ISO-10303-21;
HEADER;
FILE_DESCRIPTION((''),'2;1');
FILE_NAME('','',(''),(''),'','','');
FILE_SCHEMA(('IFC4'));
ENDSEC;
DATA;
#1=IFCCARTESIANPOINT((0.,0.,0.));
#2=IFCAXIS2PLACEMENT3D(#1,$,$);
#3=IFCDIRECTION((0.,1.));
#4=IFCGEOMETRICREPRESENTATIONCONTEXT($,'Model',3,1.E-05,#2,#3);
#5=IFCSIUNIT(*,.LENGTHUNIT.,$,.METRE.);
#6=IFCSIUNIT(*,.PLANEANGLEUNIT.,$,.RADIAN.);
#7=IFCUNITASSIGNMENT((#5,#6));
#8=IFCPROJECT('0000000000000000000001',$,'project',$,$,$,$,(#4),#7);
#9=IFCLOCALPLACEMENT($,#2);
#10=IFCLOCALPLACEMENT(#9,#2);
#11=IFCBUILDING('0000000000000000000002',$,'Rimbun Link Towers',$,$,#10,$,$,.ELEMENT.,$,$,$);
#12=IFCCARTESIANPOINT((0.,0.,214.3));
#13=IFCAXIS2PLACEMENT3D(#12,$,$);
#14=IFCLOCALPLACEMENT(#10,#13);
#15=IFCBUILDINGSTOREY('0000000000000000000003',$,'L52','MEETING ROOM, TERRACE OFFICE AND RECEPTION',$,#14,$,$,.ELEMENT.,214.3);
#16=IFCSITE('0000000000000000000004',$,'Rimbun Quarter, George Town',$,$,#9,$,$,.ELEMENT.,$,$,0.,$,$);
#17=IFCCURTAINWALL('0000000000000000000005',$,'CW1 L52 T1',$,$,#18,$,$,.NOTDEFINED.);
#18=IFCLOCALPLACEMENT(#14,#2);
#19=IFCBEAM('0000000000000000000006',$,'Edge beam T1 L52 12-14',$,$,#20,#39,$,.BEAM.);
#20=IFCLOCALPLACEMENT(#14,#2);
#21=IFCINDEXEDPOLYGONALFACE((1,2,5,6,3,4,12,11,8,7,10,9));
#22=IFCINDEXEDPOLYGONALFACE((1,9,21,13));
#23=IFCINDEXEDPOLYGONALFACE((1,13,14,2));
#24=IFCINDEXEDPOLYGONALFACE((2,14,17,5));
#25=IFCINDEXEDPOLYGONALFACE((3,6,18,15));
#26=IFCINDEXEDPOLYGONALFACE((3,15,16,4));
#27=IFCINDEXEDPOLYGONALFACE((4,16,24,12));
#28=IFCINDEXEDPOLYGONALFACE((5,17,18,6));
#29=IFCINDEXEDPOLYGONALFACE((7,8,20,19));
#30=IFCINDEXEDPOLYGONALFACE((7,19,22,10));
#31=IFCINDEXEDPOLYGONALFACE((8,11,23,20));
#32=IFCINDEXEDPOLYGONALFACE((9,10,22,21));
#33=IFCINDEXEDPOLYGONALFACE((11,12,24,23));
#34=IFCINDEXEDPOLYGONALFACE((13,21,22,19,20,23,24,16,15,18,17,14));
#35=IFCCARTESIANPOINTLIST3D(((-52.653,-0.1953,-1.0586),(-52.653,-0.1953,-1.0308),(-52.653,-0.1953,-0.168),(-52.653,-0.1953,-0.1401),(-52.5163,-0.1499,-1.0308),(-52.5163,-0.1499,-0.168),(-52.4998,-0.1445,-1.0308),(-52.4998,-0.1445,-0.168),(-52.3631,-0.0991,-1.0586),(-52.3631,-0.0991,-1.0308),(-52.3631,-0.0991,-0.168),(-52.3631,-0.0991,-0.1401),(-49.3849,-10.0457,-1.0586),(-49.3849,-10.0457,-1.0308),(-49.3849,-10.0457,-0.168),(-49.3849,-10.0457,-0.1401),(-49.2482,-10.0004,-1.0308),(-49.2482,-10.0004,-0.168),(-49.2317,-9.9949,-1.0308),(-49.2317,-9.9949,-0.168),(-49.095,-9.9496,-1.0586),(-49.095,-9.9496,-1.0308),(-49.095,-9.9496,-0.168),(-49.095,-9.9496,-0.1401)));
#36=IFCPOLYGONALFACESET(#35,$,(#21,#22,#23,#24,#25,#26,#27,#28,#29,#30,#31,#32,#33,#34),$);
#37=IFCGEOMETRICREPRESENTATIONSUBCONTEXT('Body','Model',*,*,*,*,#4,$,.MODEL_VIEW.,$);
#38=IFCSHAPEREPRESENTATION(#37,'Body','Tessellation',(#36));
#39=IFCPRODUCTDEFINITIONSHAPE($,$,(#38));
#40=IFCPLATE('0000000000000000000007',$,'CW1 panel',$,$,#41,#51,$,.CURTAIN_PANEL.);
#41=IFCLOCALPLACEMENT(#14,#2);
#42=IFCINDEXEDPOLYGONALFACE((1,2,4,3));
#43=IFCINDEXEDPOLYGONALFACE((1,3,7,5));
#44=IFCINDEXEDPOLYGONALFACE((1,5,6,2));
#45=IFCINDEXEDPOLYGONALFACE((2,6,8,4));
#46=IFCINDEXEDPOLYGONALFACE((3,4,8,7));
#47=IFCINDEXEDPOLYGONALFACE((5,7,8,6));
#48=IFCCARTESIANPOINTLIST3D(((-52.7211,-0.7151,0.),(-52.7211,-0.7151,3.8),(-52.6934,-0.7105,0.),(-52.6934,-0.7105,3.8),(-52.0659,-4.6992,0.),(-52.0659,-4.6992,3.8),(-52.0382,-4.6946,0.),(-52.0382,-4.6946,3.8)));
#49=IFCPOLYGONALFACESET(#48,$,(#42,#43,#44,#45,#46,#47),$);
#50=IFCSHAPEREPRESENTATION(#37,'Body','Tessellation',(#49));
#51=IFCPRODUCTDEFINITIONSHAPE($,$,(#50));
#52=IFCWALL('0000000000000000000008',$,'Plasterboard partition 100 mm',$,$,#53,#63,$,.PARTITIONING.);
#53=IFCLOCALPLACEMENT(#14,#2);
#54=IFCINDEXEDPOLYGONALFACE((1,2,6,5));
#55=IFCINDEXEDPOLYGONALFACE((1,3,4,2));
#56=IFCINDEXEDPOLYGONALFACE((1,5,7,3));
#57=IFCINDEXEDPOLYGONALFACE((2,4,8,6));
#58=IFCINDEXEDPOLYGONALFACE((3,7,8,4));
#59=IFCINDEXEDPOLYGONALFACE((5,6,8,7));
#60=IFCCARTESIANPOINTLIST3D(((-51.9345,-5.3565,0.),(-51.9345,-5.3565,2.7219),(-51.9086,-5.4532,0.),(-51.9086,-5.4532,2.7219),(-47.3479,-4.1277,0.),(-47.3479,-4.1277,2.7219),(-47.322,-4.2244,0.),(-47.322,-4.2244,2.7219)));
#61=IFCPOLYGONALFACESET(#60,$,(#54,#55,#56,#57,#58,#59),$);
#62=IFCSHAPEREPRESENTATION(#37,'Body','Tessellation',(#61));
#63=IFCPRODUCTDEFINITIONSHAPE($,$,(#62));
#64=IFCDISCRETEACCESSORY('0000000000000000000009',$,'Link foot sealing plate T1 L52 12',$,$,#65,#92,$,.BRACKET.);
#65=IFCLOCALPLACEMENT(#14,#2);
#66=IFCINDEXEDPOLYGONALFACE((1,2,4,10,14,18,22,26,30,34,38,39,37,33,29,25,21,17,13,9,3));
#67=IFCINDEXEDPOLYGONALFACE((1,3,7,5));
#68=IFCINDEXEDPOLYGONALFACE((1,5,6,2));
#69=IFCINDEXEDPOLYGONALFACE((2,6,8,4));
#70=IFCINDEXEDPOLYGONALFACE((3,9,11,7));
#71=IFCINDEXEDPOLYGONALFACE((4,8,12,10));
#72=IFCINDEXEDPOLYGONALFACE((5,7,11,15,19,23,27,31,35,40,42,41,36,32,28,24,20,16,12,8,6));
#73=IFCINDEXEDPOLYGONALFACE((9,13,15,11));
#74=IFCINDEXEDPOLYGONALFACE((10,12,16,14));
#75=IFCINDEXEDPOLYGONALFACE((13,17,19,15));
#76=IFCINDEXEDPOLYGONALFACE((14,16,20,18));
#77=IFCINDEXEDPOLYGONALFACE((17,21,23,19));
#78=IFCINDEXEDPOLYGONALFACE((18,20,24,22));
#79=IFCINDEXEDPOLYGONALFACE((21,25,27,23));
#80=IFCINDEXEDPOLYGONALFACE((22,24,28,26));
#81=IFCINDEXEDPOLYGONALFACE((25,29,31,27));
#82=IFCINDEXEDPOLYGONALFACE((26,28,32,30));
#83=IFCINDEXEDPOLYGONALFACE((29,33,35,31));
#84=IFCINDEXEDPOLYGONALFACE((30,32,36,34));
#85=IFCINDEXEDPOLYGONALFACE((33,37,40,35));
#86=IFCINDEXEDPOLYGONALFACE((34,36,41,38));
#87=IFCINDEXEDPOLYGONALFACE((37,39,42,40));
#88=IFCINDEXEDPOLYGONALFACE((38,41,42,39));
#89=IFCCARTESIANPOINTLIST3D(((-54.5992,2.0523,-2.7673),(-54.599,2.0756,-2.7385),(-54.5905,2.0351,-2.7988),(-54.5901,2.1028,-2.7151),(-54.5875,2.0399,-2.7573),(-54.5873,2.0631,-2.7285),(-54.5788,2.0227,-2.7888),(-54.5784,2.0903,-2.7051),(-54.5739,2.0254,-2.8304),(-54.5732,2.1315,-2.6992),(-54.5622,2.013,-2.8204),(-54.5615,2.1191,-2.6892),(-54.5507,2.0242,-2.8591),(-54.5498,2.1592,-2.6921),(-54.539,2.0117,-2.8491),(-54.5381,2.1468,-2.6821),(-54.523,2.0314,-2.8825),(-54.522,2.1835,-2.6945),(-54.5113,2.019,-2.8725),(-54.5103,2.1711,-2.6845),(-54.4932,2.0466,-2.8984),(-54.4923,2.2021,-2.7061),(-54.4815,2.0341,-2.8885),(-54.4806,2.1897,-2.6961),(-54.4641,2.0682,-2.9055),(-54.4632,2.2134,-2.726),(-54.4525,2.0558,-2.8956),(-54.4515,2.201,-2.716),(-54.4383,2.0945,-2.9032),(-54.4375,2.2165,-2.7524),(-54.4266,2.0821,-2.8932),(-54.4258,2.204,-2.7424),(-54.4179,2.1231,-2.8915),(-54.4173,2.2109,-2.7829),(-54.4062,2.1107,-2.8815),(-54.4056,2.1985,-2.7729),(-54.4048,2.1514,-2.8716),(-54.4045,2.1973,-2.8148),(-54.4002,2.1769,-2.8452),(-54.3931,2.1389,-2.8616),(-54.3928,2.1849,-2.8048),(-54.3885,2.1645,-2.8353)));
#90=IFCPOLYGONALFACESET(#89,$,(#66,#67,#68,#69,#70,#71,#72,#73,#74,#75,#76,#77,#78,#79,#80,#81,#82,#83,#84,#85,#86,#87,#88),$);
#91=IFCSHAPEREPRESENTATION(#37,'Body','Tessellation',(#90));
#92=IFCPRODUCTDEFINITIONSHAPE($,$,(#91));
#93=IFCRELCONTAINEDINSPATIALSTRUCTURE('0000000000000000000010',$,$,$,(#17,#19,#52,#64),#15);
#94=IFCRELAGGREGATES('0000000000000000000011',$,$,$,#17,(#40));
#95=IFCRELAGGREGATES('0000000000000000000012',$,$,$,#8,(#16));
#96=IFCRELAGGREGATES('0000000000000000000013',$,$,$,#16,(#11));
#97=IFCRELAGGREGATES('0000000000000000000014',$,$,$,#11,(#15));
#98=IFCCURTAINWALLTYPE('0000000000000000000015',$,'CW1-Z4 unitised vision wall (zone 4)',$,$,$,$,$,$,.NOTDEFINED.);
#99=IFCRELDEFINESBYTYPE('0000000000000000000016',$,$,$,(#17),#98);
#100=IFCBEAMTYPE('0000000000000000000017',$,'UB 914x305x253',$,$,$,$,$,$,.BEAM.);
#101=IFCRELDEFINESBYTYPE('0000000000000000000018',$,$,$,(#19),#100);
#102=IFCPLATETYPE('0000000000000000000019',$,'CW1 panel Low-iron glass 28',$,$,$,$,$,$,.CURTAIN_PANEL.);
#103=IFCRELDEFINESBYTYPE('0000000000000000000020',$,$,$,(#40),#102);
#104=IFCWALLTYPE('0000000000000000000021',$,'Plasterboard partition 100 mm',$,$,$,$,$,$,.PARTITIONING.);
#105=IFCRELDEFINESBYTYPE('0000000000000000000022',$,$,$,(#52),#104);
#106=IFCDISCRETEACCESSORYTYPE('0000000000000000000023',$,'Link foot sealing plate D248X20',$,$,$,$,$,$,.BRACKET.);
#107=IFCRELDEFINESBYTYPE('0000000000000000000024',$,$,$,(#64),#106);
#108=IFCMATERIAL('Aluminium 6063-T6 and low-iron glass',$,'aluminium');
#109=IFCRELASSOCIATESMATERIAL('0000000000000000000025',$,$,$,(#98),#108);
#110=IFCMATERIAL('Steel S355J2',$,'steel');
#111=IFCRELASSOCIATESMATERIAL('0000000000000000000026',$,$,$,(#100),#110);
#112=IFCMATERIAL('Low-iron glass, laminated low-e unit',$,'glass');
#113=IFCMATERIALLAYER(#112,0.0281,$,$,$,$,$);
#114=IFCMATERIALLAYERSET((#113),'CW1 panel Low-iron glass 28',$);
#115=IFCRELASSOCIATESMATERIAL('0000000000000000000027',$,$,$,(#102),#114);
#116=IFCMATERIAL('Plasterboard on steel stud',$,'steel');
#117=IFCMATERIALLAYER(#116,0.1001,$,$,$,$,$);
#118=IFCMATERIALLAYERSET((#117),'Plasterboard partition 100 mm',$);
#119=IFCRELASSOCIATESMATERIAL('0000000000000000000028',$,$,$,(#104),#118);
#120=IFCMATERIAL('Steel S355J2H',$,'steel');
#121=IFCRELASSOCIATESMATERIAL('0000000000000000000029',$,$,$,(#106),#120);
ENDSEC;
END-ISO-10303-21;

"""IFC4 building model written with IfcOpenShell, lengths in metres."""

from ifc_helpers import new_model, si_unit, direction, frame, frame_2d, origin, origin_2d, place, context, subcontext, project, spatial, rectangle, circle, i_section, extrude, material, layer, layer_set, material_profile, profile_set, type_object, element, aggregate, save


model = new_model("IFC4")

# Units and contexts
model_context = context("Model", 3, precision=1e-05, world=origin(), true_north=direction((0.0, 1.0)))
body_context = subcontext(model_context, "Body", "Model", "MODEL_VIEW")
ifc_project = project(units=[si_unit("LENGTHUNIT", "METRE"), si_unit("PLANEANGLEUNIT", "RADIAN")], contexts=[model_context])

# Site, building, storey
site_placement = place(None, origin())
site = spatial("IfcSite", under=ifc_project, at=site_placement, Name="Rimbun Quarter, George Town", CompositionType="ELEMENT", RefElevation=0.0)
building_placement = place(site_placement, origin())
building = spatial("IfcBuilding", under=site, at=building_placement, Name="Rimbun Link Towers", CompositionType="ELEMENT")
storey_placement = place(building_placement, frame((0.0, 0.0, 214.3)))
storey = spatial("IfcBuildingStorey", under=building, at=storey_placement, Name="L52", Description="MEETING ROOM, TERRACE OFFICE AND RECEPTION", CompositionType="ELEMENT", Elevation=214.3)

# Curtain wall
ifc_material_1 = material(Name="Aluminium 6063-T6 and low-iron glass", Category="aluminium")
curtain_wall_type = type_object("IfcCurtainWallType", Name="CW1-Z4 unitised vision wall (zone 4)", PredefinedType="NOTDEFINED", material=ifc_material_1)
curtain_wall_placement = place(storey_placement, origin())
curtain_wall = element("IfcCurtainWall", 1, at=curtain_wall_placement, inside=storey, type_object=curtain_wall_type, Name="CW1 L52 T1", PredefinedType="NOTDEFINED")

# Beam
ifc_material_2 = material(Name="Steel S355J2", Category="steel")
ifc_material_profile_1 = material_profile(ifc_material_2, i_section(OverallWidth=0.3054, OverallDepth=0.9185, WebThickness=0.0173, FlangeThickness=0.0278, at=origin_2d()), Name="UB 914x305x253")
ifc_profile_set_1 = profile_set([ifc_material_profile_1], Name="Steel S355J2")
beam_type_1 = type_object("IfcBeamType", Name="UB 914x305x253", PredefinedType="BEAM", material=ifc_profile_set_1)
beam_1_placement = place(storey_placement, frame((-52.5081, -0.1472, -0.5994), z_axis=(0.314894, -0.949127, 0.0), x_axis=(0.949127, 0.314894, 0.0)))
element("IfcBeam", 2, at=beam_1_placement, inside=storey, type_object=beam_type_1, Name="Edge beam T1 L52 12-14", PredefinedType="BEAM", context=body_context, shape_type="SweptSolid", body=[
    extrude(i_section(OverallWidth=0.3054, OverallDepth=0.9185, WebThickness=0.0173, FlangeThickness=0.0278, at=origin_2d()), origin(), (0.0, 0.0, 1.0), 10.3784),
])

# Plate
ifc_material_3 = material(Name="Low-iron glass, laminated low-e unit", Category="glass")
ifc_layer_1 = layer(ifc_material_3, 0.0281)
ifc_layer_set_1 = layer_set([ifc_layer_1], Name="CW1 panel Low-iron glass 28")
plate_type = type_object("IfcPlateType", Name="CW1 panel Low-iron glass 28", PredefinedType="CURTAIN_PANEL", material=ifc_layer_set_1)
plate_placement = place(storey_placement, frame((-52.3796, -2.7048, 0.0), z_axis=(0.0, 0.0, 1.0), x_axis=(-0.162264, 0.986747, 0.0)))
plate = element("IfcPlate", 3, at=plate_placement, type_object=plate_type, Name="CW1 panel", PredefinedType="CURTAIN_PANEL", context=body_context, shape_type="SweptSolid", body=[
    extrude(rectangle(XDim=4.0376, YDim=0.0281, at=origin_2d()), origin(), (0.0, 0.0, 1.0), 3.8),
])
aggregate(curtain_wall, [plate])

# Wall
ifc_material_4 = material(Name="Plasterboard on steel stud", Category="steel")
ifc_layer_2 = layer(ifc_material_4, 0.1001)
ifc_layer_set_2 = layer_set([ifc_layer_2], Name="Plasterboard partition 100 mm")
wall_type = type_object("IfcWallType", Name="Plasterboard partition 100 mm", PredefinedType="PARTITIONING", material=ifc_layer_set_2)
wall_placement = place(storey_placement, frame((-51.9214, -5.4048, 0.0), z_axis=(0.0, 0.0, 1.0), x_axis=(0.965935, 0.258786, 0.0)))
element("IfcWall", 4, at=wall_placement, inside=storey, type_object=wall_type, Name="Plasterboard partition 100 mm", PredefinedType="PARTITIONING", context=body_context, shape_type="SweptSolid", body=[
    extrude(rectangle(XDim=4.7483, YDim=0.1001, at=frame_2d((2.374, 0.0))), origin(), (0.0, 0.0, 1.0), 2.7219),
])

# Discrete accessory
ifc_material_5 = material(Name="Steel S355J2H", Category="steel")
ifc_material_profile_2 = material_profile(ifc_material_5, circle(Radius=0.124, at=origin_2d()), Name="PL D248")
ifc_profile_set_2 = profile_set([ifc_material_profile_2], Name="Steel S355J2H")
discrete_accessory_type = type_object("IfcDiscreteAccessoryType", Name="Link foot sealing plate D248X20", PredefinedType="BRACKET", material=ifc_profile_set_2)
discrete_accessory_placement = place(storey_placement, frame((-54.4885, 2.1077, -2.7888), z_axis=(-0.591467, 0.628433, -0.505211), x_axis=(-0.7282, -0.685365, 0.0)))
element("IfcDiscreteAccessory", 5, at=discrete_accessory_placement, inside=storey, type_object=discrete_accessory_type, Name="Link foot sealing plate T1 L52 12", PredefinedType="BRACKET", context=body_context, shape_type="SweptSolid", body=[
    extrude(circle(Radius=0.124, at=origin_2d()), origin(), (0.0, 0.0, 1.0), 0.0198),
])

save(model, "model.ifc")
